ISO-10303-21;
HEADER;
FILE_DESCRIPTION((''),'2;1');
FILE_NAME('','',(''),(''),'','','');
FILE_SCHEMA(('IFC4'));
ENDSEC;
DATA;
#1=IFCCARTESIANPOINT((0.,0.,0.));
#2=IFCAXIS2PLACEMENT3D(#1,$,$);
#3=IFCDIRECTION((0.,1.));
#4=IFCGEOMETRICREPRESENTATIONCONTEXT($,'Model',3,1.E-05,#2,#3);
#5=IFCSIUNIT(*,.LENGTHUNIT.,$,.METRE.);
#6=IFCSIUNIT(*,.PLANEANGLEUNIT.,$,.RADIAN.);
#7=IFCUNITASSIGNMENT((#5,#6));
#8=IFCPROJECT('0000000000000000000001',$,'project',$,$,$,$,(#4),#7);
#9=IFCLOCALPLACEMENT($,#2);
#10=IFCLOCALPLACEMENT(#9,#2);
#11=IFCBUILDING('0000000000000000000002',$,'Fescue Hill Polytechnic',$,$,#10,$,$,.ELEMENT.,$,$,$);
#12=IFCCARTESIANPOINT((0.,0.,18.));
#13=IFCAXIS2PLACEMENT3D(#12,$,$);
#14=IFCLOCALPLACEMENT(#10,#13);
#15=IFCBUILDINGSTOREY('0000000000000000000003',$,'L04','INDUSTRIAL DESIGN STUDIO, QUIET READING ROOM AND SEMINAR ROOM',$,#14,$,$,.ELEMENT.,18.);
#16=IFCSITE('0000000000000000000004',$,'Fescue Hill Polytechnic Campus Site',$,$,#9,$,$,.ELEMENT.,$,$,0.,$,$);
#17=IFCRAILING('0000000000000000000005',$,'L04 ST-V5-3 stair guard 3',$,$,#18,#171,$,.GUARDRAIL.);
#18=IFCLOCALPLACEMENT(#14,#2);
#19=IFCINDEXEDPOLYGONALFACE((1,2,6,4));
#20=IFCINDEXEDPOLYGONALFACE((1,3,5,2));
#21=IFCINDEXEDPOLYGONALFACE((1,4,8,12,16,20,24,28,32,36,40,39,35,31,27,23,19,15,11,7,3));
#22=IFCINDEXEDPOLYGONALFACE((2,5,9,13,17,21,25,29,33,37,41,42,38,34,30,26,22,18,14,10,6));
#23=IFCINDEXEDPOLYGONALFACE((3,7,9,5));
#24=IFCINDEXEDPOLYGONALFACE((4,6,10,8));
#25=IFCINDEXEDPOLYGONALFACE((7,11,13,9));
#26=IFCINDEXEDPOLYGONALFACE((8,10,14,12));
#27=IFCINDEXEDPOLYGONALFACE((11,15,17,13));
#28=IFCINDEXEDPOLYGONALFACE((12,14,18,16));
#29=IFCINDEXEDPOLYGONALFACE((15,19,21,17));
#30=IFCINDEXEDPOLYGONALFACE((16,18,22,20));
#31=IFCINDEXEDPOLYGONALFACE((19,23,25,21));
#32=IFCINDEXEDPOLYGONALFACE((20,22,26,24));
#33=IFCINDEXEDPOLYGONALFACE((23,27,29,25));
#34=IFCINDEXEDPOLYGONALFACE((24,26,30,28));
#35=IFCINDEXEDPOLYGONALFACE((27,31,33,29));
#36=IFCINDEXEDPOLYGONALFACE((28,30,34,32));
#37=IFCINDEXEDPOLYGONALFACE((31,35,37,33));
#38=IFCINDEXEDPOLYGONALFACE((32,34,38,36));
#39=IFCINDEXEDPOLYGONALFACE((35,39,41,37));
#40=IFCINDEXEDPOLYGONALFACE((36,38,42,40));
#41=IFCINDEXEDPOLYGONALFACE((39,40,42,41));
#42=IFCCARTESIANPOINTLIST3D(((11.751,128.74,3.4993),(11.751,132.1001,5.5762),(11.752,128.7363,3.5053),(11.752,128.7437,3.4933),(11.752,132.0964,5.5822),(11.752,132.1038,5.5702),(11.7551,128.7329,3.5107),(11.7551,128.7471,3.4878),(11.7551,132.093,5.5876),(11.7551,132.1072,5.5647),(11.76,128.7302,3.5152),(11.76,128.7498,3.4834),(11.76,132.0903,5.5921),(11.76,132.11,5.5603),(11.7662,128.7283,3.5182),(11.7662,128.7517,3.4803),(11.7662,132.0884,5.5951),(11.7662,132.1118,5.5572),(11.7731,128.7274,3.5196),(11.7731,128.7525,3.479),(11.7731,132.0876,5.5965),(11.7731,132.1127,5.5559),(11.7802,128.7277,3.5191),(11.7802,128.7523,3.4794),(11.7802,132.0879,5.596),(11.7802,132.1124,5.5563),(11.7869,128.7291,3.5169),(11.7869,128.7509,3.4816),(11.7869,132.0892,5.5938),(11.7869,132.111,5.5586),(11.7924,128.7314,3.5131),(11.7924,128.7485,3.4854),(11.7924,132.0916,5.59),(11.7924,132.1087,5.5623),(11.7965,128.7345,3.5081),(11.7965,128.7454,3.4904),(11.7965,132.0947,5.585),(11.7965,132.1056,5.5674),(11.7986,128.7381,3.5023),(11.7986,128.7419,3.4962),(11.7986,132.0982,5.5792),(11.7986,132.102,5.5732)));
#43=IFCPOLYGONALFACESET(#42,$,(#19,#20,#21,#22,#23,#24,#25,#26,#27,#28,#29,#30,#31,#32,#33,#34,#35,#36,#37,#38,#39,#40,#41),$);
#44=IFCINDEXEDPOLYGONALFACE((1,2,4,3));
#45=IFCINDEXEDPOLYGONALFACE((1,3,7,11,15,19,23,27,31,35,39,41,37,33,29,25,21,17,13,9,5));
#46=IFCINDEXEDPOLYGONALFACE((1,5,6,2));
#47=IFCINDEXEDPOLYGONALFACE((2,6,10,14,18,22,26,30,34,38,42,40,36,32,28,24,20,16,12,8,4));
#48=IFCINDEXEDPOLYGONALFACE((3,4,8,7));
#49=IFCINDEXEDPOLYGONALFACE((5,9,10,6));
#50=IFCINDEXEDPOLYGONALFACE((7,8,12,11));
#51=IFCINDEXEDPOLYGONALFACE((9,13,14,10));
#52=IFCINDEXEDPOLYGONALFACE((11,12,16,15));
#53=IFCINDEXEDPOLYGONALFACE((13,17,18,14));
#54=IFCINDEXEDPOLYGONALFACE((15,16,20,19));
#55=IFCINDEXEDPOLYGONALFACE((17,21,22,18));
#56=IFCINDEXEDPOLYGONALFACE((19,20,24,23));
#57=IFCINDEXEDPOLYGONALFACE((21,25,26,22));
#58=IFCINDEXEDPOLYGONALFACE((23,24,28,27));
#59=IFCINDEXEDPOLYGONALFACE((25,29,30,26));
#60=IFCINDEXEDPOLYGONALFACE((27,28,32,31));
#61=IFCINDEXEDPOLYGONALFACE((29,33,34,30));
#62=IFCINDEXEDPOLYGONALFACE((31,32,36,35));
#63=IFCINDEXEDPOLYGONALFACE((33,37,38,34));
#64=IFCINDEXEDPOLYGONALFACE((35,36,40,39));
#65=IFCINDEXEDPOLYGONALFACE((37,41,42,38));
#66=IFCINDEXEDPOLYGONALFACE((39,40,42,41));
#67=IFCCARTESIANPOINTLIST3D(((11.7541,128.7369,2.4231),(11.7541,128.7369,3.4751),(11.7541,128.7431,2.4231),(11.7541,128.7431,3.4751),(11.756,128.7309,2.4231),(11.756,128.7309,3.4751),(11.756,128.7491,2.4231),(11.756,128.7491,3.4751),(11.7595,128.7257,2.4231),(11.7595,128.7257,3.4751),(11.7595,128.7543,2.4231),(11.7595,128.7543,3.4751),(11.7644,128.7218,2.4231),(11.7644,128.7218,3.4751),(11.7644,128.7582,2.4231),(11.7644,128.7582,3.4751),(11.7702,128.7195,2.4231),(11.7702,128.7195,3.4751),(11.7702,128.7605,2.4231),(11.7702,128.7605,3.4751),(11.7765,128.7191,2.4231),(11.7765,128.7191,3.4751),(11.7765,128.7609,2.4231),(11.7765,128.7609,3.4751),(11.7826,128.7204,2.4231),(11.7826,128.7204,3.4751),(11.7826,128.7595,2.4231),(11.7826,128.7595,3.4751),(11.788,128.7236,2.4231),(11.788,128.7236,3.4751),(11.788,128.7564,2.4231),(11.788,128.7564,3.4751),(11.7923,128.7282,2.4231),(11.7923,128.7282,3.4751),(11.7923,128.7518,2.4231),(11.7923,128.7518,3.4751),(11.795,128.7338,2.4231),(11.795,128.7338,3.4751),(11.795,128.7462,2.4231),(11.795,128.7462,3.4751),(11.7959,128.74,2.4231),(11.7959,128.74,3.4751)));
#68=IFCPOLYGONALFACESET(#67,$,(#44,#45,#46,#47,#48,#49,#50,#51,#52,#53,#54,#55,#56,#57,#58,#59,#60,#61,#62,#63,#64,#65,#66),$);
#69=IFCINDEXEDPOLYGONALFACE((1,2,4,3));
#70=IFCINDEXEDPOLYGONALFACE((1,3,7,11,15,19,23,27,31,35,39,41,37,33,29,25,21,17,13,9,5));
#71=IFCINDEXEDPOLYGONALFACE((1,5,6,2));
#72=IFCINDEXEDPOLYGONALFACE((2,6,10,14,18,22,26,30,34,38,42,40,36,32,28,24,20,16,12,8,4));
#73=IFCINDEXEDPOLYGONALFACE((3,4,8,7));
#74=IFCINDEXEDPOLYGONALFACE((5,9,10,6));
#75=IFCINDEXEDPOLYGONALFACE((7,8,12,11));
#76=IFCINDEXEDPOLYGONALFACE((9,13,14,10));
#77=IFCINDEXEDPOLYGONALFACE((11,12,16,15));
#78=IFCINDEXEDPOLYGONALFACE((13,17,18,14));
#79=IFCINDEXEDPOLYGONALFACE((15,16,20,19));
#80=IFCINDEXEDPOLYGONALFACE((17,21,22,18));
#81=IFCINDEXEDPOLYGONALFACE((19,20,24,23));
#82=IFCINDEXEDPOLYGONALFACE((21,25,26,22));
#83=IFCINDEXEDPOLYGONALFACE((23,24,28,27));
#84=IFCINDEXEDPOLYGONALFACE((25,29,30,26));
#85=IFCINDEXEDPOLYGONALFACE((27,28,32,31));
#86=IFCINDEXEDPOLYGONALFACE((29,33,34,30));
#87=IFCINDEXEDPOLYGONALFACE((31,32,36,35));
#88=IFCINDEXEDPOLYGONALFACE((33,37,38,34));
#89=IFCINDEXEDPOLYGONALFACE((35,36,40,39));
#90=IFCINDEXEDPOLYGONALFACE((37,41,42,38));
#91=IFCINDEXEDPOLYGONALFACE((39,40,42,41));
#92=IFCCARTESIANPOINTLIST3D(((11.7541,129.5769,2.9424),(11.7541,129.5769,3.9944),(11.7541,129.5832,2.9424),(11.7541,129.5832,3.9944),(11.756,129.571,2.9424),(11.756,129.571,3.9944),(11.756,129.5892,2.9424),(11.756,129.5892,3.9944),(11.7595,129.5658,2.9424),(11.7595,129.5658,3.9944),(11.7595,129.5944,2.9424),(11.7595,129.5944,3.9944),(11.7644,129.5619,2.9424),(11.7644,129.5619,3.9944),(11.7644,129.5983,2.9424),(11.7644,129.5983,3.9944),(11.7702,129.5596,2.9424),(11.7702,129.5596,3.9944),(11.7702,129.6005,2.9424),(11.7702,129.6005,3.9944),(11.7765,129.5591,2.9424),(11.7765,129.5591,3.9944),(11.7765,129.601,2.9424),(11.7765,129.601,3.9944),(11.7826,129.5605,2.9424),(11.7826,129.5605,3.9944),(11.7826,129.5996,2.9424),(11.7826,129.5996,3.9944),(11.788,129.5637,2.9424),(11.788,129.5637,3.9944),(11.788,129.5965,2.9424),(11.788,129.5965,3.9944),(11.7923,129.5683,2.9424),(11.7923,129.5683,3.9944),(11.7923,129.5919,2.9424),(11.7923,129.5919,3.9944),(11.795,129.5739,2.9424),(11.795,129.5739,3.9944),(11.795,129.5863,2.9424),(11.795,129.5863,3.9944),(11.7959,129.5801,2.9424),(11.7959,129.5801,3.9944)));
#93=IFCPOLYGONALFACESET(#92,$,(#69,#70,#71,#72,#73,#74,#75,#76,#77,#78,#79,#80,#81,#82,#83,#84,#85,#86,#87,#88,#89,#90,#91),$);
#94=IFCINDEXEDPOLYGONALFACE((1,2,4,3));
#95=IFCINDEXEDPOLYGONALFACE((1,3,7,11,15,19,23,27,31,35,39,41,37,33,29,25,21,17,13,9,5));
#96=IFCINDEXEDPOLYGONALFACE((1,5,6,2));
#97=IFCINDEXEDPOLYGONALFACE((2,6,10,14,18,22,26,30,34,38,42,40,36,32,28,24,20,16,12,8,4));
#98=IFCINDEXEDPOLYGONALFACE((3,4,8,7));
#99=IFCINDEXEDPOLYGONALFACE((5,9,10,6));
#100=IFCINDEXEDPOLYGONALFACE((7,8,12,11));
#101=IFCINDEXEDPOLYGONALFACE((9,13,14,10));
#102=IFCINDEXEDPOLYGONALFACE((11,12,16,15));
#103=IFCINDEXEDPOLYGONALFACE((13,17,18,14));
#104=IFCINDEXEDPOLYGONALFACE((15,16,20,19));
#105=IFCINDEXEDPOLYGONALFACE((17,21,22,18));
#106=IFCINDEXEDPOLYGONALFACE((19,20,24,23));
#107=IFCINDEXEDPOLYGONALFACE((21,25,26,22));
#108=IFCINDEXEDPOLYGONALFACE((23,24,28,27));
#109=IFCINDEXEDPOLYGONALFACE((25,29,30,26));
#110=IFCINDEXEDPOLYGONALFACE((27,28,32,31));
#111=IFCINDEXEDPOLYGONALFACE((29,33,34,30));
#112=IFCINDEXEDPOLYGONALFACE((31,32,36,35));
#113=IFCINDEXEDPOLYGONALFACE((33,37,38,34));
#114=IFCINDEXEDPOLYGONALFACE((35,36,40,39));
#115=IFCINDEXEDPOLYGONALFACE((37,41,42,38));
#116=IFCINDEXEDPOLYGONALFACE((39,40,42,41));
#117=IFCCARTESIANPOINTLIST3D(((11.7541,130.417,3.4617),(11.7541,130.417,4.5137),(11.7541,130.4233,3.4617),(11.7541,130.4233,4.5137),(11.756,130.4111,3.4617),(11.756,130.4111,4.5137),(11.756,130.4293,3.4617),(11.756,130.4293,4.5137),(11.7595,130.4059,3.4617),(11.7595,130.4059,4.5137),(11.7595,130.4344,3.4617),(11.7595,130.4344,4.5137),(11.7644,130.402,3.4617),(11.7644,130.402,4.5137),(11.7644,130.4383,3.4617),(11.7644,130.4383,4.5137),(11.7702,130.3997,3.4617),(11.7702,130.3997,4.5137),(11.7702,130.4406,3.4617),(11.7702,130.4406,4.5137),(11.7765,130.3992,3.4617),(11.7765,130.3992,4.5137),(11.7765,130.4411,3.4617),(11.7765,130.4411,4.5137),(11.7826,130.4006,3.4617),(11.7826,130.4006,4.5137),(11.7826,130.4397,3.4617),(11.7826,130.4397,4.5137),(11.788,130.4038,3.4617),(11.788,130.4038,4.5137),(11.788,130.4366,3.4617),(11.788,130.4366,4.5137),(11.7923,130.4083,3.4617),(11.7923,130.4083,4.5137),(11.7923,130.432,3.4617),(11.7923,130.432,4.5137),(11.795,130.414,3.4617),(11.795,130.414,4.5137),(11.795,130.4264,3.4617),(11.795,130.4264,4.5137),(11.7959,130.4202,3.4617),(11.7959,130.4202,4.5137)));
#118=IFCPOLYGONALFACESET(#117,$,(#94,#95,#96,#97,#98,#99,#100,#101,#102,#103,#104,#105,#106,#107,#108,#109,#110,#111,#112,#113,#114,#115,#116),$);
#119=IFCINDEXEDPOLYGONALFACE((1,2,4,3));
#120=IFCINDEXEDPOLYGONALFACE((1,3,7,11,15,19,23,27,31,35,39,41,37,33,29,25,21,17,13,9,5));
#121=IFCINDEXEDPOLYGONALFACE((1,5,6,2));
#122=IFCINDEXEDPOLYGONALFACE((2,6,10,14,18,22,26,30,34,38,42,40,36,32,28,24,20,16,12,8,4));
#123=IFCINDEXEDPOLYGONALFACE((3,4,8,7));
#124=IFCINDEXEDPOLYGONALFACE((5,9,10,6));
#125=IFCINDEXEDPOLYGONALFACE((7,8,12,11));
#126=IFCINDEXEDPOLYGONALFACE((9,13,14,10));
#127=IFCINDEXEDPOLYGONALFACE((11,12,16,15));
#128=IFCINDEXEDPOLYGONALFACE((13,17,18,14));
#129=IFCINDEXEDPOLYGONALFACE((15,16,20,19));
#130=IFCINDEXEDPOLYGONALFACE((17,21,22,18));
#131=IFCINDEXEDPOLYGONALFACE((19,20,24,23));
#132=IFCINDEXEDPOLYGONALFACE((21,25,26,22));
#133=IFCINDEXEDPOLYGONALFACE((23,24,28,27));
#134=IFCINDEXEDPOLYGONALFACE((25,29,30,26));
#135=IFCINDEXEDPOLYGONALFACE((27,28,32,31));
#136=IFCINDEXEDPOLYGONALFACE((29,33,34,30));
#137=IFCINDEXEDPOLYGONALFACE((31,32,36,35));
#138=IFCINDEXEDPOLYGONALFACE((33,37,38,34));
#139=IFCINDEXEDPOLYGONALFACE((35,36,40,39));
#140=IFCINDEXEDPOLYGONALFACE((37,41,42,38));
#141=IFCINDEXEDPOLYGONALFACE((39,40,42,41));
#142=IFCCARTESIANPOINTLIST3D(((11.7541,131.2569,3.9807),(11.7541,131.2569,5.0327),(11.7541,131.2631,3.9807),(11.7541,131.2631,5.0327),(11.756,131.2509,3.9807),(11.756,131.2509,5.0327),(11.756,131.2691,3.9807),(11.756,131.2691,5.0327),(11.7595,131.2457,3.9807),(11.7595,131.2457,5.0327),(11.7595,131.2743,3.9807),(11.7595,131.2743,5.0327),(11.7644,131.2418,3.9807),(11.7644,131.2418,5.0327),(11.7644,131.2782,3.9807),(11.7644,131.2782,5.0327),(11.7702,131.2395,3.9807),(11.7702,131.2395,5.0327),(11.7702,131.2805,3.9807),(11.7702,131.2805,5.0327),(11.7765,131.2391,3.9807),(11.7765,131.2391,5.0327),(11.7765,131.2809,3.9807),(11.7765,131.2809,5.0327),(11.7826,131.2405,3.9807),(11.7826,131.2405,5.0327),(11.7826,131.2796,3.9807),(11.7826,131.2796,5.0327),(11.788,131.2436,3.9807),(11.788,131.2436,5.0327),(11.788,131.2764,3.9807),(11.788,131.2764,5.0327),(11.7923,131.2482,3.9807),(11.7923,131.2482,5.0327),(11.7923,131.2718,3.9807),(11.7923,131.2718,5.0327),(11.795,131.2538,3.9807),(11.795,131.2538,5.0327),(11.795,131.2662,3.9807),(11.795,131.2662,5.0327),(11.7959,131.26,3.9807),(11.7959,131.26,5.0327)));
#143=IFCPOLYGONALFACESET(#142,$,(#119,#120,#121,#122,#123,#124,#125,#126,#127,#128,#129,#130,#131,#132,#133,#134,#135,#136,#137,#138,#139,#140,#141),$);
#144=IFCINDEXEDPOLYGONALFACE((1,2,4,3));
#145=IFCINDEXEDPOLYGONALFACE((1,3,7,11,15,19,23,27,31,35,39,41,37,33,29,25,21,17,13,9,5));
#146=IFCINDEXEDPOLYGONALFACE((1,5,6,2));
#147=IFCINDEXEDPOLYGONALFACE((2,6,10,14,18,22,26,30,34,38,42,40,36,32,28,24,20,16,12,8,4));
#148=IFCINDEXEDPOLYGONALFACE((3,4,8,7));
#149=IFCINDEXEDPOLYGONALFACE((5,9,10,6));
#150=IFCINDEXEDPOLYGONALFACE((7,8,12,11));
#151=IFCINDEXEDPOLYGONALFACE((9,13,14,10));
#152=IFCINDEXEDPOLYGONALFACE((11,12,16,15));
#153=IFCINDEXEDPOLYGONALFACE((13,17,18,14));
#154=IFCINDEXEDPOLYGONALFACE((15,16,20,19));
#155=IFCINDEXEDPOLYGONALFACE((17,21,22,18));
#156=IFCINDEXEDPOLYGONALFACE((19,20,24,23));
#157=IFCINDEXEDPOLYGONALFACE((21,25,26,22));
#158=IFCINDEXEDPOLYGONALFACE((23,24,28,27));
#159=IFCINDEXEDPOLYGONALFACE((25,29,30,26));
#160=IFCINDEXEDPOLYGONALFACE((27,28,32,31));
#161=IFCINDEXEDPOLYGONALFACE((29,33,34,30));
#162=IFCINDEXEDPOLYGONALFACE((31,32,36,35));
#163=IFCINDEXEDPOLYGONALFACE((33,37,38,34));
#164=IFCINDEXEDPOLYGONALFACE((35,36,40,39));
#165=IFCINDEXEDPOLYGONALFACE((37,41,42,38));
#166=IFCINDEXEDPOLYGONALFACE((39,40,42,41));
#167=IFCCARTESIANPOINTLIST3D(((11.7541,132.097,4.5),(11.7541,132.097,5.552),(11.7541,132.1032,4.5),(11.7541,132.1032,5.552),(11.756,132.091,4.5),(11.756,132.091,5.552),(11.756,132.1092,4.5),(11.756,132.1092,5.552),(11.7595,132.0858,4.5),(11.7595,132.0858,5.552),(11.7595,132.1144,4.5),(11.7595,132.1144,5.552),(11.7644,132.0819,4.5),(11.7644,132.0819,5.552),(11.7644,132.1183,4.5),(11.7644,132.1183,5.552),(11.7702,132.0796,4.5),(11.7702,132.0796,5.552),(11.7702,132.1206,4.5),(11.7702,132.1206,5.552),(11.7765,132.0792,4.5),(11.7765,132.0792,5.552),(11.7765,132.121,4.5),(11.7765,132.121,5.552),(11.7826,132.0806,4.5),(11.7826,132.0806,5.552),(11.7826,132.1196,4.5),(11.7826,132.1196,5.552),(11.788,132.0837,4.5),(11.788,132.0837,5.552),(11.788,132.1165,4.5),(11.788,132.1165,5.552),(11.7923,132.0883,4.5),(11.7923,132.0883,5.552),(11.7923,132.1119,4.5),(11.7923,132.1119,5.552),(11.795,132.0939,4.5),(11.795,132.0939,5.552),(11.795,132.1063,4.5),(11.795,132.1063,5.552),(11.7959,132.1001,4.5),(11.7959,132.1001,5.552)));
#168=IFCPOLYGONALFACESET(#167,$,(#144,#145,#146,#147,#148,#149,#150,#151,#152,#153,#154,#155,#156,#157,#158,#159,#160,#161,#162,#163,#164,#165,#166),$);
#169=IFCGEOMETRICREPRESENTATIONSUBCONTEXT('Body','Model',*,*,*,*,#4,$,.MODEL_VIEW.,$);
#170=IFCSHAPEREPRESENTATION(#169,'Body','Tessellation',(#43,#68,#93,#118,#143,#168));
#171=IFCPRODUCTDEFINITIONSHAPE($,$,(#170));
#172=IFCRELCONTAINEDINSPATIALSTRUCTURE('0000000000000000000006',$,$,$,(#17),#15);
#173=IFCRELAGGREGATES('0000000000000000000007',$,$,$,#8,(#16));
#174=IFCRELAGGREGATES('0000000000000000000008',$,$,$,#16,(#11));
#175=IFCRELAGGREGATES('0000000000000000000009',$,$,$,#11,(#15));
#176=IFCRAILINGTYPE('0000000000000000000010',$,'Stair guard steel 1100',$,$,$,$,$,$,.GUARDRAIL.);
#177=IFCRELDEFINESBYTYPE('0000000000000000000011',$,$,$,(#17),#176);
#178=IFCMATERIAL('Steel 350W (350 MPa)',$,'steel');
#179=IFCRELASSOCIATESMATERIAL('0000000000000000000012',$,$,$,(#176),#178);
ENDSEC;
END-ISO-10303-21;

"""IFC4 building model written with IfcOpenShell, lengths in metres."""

from ifc_helpers import new_model, si_unit, direction, frame, origin, origin_2d, place, context, subcontext, project, spatial, circle, extrude, material, type_object, element, save


model = new_model("IFC4")

# Units and contexts
model_context = context("Model", 3, precision=1e-05, world=origin(), true_north=direction((0.0, 1.0)))
body_context = subcontext(model_context, "Body", "Model", "MODEL_VIEW")
ifc_project = project(units=[si_unit("LENGTHUNIT", "METRE"), si_unit("PLANEANGLEUNIT", "RADIAN")], contexts=[model_context])

# Site, building, storey
site_placement = place(None, origin())
site = spatial("IfcSite", under=ifc_project, at=site_placement, Name="Fescue Hill Polytechnic Campus Site", CompositionType="ELEMENT", RefElevation=0.0)
building_placement = place(site_placement, origin())
building = spatial("IfcBuilding", under=site, at=building_placement, Name="Fescue Hill Polytechnic", CompositionType="ELEMENT")
storey_placement = place(building_placement, frame((0.0, 0.0, 18.0)))
storey = spatial("IfcBuildingStorey", under=building, at=storey_placement, Name="L04", Description="INDUSTRIAL DESIGN STUDIO, QUIET READING ROOM AND SEMINAR ROOM", CompositionType="ELEMENT", Elevation=18.0)

# Railing
ifc_material_1 = material(Name="Steel 350W (350 MPa)", Category="steel")
railing_type_1 = type_object("IfcRailingType", Name="Stair guard steel 1100", PredefinedType="GUARDRAIL", material=ifc_material_1)
railing_1_placement = place(storey_placement, frame((11.7749, 128.74, 2.4231)))
element("IfcRailing", 1, at=railing_1_placement, inside=storey, type_object=railing_type_1, Name="L04 ST-V5-3 stair guard 3", PredefinedType="GUARDRAIL", context=body_context, shape_type="SweptSolid", body=[
    extrude(circle(Radius=0.0239, at=origin_2d()), frame((0.0, 0.0, 1.0762), z_axis=(0.0, 0.850623, 0.525776), x_axis=(-1.0, 0.0, 0.0)), (0.0, 0.0, 1.0), 3.9502),
    extrude(circle(Radius=0.021, at=origin_2d()), origin(), (0.0, 0.0, 1.0), 1.052),
    extrude(circle(Radius=0.021, at=origin_2d()), frame((0.0, 0.8401, 0.5193)), (0.0, 0.0, 1.0), 1.052),
    extrude(circle(Radius=0.021, at=origin_2d()), frame((0.0, 1.6802, 1.0386)), (0.0, 0.0, 1.0), 1.052),
    extrude(circle(Radius=0.021, at=origin_2d()), frame((0.0, 2.52, 1.5576)), (0.0, 0.0, 1.0), 1.052),
    extrude(circle(Radius=0.021, at=origin_2d()), frame((0.0, 3.3601, 2.0769)), (0.0, 0.0, 1.0), 1.052),
])

save(model, "model.ifc")
